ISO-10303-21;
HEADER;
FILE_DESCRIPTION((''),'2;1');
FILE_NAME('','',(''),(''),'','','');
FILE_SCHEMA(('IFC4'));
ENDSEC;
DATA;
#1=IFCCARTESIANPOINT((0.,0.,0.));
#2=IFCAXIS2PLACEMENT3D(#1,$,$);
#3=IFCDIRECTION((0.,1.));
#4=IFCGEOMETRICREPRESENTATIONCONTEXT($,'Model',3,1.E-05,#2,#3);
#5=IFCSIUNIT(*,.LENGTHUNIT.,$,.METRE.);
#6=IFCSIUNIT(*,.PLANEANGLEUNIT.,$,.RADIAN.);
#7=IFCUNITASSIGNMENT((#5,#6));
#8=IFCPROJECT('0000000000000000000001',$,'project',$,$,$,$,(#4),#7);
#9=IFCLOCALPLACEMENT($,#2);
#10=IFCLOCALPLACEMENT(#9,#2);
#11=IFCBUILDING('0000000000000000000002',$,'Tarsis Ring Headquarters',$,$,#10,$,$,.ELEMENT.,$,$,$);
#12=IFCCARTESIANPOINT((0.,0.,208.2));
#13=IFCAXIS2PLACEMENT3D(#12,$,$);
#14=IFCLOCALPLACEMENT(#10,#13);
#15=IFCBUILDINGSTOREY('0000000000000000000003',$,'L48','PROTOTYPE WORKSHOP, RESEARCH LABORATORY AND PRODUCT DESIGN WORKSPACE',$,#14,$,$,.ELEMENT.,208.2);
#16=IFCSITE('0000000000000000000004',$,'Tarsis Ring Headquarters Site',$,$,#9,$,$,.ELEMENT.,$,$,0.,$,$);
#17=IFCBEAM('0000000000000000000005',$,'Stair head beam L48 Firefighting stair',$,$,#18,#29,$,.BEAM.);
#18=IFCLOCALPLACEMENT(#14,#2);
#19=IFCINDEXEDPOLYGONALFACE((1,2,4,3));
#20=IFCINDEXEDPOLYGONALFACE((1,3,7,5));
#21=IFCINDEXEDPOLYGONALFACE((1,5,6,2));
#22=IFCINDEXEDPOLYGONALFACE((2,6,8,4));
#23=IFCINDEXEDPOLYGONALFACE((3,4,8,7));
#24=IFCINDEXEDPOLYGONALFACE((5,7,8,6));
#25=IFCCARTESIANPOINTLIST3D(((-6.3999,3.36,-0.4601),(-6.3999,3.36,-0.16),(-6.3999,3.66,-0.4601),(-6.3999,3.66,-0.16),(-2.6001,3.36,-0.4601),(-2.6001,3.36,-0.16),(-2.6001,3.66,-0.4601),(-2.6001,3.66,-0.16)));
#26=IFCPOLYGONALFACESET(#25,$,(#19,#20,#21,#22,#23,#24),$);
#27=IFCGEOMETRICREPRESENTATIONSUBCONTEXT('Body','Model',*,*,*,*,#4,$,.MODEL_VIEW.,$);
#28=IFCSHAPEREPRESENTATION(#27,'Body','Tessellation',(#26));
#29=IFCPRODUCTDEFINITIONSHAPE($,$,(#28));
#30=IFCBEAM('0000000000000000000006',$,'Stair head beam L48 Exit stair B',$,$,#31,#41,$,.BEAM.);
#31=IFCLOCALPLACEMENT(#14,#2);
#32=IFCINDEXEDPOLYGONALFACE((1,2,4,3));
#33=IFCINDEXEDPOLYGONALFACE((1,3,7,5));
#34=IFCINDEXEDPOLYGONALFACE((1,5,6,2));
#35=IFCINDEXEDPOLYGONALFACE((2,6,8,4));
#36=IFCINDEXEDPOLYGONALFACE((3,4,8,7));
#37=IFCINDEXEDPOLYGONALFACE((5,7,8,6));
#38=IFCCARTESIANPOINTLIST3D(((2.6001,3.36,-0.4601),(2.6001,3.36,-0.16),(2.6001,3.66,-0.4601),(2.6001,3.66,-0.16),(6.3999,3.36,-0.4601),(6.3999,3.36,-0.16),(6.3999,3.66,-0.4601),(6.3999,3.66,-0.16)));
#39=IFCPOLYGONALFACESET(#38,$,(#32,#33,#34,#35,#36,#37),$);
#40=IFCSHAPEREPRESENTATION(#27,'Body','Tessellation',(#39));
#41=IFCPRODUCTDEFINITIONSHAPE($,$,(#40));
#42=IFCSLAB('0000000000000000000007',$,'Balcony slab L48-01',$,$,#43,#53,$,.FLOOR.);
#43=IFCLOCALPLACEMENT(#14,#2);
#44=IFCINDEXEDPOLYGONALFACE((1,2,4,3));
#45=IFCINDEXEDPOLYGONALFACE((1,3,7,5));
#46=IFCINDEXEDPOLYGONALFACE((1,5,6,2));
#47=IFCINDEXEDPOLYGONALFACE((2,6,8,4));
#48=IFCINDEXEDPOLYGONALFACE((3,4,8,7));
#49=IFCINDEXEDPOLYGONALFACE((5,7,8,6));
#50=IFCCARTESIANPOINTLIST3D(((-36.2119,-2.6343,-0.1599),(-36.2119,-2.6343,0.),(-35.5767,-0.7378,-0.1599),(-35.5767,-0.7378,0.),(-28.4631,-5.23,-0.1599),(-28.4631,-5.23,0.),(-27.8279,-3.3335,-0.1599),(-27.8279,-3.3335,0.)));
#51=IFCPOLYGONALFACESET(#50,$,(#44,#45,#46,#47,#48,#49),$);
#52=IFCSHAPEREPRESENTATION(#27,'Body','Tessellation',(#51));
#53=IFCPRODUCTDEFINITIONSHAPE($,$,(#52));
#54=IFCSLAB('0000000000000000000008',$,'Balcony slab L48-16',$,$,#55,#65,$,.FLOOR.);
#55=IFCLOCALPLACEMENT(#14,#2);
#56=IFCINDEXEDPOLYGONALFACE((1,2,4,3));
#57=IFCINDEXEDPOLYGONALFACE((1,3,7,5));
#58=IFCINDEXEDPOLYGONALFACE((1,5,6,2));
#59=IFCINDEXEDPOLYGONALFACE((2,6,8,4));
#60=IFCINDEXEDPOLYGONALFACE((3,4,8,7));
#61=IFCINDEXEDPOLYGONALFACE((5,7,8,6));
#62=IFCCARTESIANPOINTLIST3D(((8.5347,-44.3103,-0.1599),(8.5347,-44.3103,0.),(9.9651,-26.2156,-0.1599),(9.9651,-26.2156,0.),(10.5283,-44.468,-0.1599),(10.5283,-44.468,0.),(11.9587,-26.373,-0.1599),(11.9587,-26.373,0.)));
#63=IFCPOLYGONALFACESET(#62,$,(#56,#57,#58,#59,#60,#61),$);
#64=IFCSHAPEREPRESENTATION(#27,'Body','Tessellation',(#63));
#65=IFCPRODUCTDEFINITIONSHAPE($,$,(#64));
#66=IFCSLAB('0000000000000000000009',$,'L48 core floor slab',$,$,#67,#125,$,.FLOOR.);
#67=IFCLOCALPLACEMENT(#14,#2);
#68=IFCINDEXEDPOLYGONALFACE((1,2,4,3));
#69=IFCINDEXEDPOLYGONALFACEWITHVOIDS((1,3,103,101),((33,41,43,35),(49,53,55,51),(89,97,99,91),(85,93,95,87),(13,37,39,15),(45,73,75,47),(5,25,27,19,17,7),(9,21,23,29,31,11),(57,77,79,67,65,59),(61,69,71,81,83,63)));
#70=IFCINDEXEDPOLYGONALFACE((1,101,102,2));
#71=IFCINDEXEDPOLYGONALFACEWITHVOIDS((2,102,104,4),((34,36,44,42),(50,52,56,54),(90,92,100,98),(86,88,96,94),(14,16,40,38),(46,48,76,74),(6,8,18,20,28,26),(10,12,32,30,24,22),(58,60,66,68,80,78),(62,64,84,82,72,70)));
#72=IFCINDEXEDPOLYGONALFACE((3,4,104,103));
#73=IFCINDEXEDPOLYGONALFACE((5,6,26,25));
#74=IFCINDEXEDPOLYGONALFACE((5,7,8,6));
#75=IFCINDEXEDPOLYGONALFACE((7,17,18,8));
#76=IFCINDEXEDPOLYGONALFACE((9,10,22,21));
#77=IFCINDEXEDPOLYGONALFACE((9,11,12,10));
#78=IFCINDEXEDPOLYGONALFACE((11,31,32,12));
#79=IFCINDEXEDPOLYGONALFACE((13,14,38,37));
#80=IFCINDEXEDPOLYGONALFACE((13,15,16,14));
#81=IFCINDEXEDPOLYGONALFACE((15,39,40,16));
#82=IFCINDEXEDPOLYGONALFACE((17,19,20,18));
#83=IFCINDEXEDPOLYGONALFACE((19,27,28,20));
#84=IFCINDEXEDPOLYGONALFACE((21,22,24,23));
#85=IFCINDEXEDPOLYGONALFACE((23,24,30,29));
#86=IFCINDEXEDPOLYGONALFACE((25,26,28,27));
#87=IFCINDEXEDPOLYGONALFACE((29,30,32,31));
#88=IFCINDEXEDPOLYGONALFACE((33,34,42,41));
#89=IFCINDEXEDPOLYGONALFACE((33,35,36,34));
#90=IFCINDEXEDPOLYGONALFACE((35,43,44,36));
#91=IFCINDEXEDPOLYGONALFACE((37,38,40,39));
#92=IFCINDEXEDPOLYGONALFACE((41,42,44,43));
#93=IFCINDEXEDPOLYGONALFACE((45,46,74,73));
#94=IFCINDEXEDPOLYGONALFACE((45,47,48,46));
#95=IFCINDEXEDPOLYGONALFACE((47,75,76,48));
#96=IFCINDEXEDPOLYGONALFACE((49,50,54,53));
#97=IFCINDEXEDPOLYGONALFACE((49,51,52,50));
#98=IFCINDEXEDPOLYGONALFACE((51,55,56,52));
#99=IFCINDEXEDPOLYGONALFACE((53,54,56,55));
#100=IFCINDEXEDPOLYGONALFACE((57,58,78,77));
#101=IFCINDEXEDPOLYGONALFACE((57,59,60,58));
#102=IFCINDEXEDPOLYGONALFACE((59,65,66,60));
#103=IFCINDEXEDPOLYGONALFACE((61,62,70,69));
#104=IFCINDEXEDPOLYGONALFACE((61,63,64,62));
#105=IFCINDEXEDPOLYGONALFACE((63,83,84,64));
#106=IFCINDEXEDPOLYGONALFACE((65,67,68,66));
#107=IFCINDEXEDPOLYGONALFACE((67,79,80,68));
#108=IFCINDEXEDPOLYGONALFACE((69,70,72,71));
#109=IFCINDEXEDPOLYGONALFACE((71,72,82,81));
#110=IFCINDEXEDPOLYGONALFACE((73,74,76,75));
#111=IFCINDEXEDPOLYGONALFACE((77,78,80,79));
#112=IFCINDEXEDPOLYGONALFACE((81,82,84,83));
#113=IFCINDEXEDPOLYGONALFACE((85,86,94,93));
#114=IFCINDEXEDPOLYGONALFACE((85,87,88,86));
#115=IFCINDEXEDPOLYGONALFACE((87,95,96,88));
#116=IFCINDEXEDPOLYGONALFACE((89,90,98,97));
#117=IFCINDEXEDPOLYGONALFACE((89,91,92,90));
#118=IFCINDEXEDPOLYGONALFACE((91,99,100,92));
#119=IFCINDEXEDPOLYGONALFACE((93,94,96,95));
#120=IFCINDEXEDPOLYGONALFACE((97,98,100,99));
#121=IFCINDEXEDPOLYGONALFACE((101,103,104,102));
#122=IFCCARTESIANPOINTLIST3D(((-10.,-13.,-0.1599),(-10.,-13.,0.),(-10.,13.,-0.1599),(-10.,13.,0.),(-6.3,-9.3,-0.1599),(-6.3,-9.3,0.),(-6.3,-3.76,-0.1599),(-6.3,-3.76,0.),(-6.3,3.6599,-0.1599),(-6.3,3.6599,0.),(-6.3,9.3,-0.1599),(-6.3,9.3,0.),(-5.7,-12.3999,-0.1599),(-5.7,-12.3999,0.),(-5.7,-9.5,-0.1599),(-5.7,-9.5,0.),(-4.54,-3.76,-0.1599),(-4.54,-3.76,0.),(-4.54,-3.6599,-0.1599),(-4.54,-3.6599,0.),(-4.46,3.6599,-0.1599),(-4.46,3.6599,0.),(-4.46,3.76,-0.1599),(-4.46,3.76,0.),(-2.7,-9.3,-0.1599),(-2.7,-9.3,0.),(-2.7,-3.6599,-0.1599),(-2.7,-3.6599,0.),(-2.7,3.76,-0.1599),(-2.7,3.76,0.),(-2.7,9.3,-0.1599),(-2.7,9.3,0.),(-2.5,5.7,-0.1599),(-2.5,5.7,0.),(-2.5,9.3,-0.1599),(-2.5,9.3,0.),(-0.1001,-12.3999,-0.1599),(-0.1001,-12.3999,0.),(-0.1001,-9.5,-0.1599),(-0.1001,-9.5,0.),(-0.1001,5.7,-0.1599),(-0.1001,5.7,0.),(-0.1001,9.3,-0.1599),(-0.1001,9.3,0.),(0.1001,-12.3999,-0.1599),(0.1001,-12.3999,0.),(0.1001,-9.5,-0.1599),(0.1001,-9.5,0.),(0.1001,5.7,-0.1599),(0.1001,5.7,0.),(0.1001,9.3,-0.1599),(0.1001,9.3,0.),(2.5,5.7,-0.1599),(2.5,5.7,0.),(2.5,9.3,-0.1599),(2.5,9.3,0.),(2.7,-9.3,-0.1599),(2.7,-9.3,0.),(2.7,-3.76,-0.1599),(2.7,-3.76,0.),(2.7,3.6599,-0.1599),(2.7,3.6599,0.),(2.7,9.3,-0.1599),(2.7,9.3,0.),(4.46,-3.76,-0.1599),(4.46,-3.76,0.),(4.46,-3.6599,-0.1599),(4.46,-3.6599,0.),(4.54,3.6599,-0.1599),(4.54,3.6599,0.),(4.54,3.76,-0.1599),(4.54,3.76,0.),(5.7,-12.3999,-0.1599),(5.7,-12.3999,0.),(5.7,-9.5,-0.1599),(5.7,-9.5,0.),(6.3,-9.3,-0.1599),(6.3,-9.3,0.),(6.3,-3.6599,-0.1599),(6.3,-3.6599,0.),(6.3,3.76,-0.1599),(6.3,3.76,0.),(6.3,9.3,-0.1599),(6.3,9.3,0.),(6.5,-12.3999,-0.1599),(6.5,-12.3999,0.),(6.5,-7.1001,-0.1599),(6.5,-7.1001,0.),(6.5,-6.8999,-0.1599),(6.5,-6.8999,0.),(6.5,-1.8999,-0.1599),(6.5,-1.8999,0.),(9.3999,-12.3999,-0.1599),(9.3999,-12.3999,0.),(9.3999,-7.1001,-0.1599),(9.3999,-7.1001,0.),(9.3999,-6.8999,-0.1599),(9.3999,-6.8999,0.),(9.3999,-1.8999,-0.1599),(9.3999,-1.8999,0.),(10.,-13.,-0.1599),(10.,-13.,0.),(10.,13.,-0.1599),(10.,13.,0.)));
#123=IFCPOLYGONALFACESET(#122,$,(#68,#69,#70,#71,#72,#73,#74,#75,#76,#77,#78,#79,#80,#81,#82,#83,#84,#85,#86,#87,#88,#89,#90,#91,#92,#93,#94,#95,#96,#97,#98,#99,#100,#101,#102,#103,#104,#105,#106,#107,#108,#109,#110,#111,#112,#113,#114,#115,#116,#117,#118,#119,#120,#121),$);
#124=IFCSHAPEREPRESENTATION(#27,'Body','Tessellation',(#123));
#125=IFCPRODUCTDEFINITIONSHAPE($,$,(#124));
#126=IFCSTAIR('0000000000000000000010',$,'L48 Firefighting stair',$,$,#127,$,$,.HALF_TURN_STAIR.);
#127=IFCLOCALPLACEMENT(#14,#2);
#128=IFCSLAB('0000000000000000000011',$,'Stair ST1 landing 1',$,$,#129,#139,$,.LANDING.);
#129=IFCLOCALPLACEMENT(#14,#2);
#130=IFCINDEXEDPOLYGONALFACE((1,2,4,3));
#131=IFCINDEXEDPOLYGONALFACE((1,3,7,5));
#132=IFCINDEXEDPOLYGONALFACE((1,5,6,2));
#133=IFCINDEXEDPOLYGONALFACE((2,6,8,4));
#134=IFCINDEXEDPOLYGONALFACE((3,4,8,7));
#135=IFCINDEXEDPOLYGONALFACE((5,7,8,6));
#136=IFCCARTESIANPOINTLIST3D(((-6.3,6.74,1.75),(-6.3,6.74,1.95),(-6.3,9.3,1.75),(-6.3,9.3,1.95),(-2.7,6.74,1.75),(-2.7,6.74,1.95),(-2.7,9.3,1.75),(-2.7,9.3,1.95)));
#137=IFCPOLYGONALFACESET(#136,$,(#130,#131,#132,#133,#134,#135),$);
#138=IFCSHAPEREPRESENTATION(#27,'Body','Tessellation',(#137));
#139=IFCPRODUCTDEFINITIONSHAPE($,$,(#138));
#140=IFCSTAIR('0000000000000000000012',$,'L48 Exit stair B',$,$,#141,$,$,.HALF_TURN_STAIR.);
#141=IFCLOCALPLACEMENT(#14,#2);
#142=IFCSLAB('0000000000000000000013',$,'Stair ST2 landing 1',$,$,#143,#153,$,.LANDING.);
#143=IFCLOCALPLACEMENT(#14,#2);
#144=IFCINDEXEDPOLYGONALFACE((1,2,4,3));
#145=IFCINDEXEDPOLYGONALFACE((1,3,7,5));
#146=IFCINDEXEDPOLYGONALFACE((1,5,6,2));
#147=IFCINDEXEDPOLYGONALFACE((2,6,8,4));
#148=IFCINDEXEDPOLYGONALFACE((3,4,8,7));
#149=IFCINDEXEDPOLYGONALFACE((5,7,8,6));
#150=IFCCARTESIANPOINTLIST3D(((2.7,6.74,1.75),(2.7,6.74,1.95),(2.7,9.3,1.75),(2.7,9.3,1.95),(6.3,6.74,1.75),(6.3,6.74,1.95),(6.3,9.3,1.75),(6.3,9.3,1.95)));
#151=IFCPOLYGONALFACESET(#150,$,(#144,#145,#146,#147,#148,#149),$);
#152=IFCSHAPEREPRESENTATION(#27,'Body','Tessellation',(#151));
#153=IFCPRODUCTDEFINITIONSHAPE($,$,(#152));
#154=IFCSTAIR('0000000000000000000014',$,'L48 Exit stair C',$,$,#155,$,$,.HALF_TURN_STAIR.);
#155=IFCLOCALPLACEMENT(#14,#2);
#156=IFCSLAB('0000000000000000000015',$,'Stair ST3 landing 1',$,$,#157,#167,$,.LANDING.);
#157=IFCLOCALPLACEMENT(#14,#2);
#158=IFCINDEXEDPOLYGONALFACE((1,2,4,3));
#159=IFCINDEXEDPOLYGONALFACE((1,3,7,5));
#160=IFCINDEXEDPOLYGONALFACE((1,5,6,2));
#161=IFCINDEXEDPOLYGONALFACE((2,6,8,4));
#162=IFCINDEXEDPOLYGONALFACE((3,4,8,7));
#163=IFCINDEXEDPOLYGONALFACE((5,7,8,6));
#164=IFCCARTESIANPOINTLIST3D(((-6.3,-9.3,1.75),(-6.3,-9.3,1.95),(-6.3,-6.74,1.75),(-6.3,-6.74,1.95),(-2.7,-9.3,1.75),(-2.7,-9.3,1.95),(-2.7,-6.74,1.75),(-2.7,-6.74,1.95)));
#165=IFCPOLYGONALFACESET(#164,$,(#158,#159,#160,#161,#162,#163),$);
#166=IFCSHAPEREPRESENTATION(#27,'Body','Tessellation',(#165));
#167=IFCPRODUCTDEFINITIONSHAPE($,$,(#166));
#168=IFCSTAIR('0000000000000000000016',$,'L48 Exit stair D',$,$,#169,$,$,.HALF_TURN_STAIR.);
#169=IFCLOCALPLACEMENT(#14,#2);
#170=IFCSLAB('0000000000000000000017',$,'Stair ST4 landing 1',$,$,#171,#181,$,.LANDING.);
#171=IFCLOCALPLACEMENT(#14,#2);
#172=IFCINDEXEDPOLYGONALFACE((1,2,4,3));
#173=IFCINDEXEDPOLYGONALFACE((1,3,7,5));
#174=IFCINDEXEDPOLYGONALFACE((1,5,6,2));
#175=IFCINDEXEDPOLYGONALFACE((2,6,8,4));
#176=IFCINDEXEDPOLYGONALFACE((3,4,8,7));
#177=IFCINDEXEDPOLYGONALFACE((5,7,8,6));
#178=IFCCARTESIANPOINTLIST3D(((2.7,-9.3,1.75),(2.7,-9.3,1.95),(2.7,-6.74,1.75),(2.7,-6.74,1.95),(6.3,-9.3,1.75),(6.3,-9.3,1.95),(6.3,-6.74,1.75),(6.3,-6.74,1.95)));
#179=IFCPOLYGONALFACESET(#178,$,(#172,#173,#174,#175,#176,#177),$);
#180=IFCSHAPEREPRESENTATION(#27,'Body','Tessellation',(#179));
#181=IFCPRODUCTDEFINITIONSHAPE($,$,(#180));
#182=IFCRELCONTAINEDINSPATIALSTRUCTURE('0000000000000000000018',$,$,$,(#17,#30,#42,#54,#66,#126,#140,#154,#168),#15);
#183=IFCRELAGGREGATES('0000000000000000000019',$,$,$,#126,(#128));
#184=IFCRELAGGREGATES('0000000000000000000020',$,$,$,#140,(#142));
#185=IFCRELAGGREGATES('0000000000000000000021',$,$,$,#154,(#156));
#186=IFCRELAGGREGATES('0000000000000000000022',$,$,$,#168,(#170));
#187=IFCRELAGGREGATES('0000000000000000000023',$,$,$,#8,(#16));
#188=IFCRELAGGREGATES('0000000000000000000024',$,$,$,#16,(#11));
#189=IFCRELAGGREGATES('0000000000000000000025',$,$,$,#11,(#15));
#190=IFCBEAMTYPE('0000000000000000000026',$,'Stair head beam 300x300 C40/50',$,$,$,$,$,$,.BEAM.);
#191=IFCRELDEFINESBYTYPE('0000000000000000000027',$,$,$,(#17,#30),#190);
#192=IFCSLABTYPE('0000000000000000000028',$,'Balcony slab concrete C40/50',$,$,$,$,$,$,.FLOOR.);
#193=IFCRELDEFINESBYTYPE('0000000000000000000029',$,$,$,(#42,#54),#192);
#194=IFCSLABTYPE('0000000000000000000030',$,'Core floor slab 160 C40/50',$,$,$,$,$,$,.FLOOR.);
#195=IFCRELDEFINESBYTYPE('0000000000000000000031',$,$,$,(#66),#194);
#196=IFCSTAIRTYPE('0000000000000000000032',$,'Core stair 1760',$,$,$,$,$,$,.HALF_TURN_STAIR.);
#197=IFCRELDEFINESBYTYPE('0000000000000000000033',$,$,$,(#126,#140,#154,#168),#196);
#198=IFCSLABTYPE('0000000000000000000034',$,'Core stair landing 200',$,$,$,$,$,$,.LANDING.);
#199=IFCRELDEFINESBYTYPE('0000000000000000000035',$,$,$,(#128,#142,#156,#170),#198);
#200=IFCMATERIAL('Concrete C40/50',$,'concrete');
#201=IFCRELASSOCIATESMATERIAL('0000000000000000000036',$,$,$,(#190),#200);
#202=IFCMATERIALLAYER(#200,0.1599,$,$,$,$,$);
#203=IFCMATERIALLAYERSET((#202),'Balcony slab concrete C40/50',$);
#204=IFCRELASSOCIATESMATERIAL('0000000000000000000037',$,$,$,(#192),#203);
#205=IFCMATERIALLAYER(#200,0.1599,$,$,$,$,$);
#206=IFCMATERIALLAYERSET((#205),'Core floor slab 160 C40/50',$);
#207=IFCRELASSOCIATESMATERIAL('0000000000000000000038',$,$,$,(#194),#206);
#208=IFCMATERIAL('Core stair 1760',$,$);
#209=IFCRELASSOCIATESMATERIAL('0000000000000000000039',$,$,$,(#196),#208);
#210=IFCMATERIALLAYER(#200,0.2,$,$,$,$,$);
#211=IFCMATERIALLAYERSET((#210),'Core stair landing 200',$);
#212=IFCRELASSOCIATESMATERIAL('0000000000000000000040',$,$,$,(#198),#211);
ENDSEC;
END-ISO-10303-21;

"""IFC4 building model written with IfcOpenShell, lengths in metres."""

from ifc_helpers import new_model, si_unit, direction, frame, origin, origin_2d, place, context, subcontext, project, spatial, polyline, rectangle, outline, extrude, material, layer, layer_set, material_profile, profile_set, type_object, element, aggregate, save


model = new_model("IFC4")

# Units and contexts
model_context = context("Model", 3, precision=1e-05, world=origin(), true_north=direction((0.0, 1.0)))
body_context = subcontext(model_context, "Body", "Model", "MODEL_VIEW")
ifc_project = project(units=[si_unit("LENGTHUNIT", "METRE"), si_unit("PLANEANGLEUNIT", "RADIAN")], contexts=[model_context])

# Site, building, storey
site_placement = place(None, origin())
site = spatial("IfcSite", under=ifc_project, at=site_placement, Name="Tarsis Ring Headquarters Site", CompositionType="ELEMENT", RefElevation=0.0)
building_placement = place(site_placement, origin())
building = spatial("IfcBuilding", under=site, at=building_placement, Name="Tarsis Ring Headquarters", CompositionType="ELEMENT")
storey_placement = place(building_placement, frame((0.0, 0.0, 208.2)))
storey = spatial("IfcBuildingStorey", under=building, at=storey_placement, Name="L48", Description="PROTOTYPE WORKSHOP, RESEARCH LABORATORY AND PRODUCT DESIGN WORKSPACE", CompositionType="ELEMENT", Elevation=208.2)

# Beams
ifc_material_1 = material(Name="Concrete C40/50", Category="concrete")
ifc_material_profile = material_profile(ifc_material_1, rectangle(XDim=0.3, YDim=0.3, at=origin_2d()), Name="Stair head beam 300x300 C40/50")
ifc_profile_set = profile_set([ifc_material_profile], Name="Concrete C40/50")
beam_type = type_object("IfcBeamType", Name="Stair head beam 300x300 C40/50", PredefinedType="BEAM", material=ifc_profile_set)
for number, where, z_axis, x_axis, name in (
    (1, (-6.3999, 3.51, -0.3101), (1.0, 0.0, 0.0), (0.0, 1.0, 0.0), "Stair head beam L48 Firefighting stair"),
    (2, (2.6001, 3.51, -0.3101), (1.0, 0.0, 0.0), (0.0, 1.0, 0.0), "Stair head beam L48 Exit stair B"),
):
    element("IfcBeam", number, at=place(storey_placement, frame(where, z_axis=z_axis, x_axis=x_axis)), inside=storey, type_object=beam_type, Name=name, PredefinedType="BEAM", context=body_context, shape_type="SweptSolid", body=[
        extrude(rectangle(XDim=0.3, YDim=0.3, at=origin_2d()), origin(), (0.0, 0.0, 1.0), 3.7998),
    ])

# Slabs
ifc_layer_1 = layer(ifc_material_1, 0.1599)
ifc_layer_set_1 = layer_set([ifc_layer_1], Name="Balcony slab concrete C40/50")
slab_type_1 = type_object("IfcSlabType", Name="Balcony slab concrete C40/50", PredefinedType="FLOOR", material=ifc_layer_set_1)
slab_1_placement = place(storey_placement, frame((0.0, 0.0, -0.1599)))
element("IfcSlab", 3, at=slab_1_placement, inside=storey, type_object=slab_type_1, Name="Balcony slab L48-01", PredefinedType="FLOOR", context=body_context, shape_type="SweptSolid", body=[
    extrude(outline(polyline([(-35.5767, -0.7378), (-36.2119, -2.6343), (-28.4631, -5.23), (-27.8279, -3.3335), (-35.5767, -0.7378)])), origin(), (0.0, 0.0, 1.0), 0.1599),
])
slab_2_placement = place(storey_placement, frame((0.0, 0.0, -0.1599)))
element("IfcSlab", 4, at=slab_2_placement, inside=storey, type_object=slab_type_1, Name="Balcony slab L48-16", PredefinedType="FLOOR", context=body_context, shape_type="SweptSolid", body=[
    extrude(outline(polyline([(8.5347, -44.3103), (10.5283, -44.468), (11.9587, -26.373), (9.9651, -26.2156), (8.5347, -44.3103)])), origin(), (0.0, 0.0, 1.0), 0.1599),
])
ifc_layer_2 = layer(ifc_material_1, 0.1599)
ifc_layer_set_2 = layer_set([ifc_layer_2], Name="Core floor slab 160 C40/50")
slab_type_2 = type_object("IfcSlabType", Name="Core floor slab 160 C40/50", PredefinedType="FLOOR", material=ifc_layer_set_2)
slab_3_placement = place(storey_placement, frame((0.0, 0.0, -0.1599)))
element("IfcSlab", 5, at=slab_3_placement, inside=storey, type_object=slab_type_2, Name="L48 core floor slab", PredefinedType="FLOOR", context=body_context, shape_type="SweptSolid", body=[
    extrude(outline(polyline([(-10.0, -13.0), (10.0, -13.0), (10.0, 13.0), (-10.0, 13.0), (-10.0, -13.0)]), holes=[polyline([(-2.5, 5.7), (-0.1001, 5.7), (-0.1001, 9.3), (-2.5, 9.3), (-2.5, 5.7)]), polyline([(0.1001, 5.7), (2.5, 5.7), (2.5, 9.3), (0.1001, 9.3), (0.1001, 5.7)]), polyline([(6.5, -12.3999), (9.3999, -12.3999), (9.3999, -7.1001), (6.5, -7.1001), (6.5, -12.3999)]), polyline([(6.5, -6.8999), (9.3999, -6.8999), (9.3999, -1.8999), (6.5, -1.8999), (6.5, -6.8999)]), polyline([(-5.7, -12.3999), (-0.1001, -12.3999), (-0.1001, -9.5), (-5.7, -9.5), (-5.7, -12.3999)]), polyline([(0.1001, -12.3999), (5.7, -12.3999), (5.7, -9.5), (0.1001, -9.5), (0.1001, -12.3999)]), polyline([(-2.7, 3.76), (-2.7, 9.3), (-6.3, 9.3), (-6.3, 3.6599), (-4.46, 3.6599), (-4.46, 3.76), (-2.7, 3.76)]), polyline([(6.3, 3.76), (6.3, 9.3), (2.7, 9.3), (2.7, 3.6599), (4.54, 3.6599), (4.54, 3.76), (6.3, 3.76)]), polyline([(-6.3, -3.76), (-6.3, -9.3), (-2.7, -9.3), (-2.7, -3.6599), (-4.54, -3.6599), (-4.54, -3.76), (-6.3, -3.76)]), polyline([(2.7, -3.76), (2.7, -9.3), (6.3, -9.3), (6.3, -3.6599), (4.46, -3.6599), (4.46, -3.76), (2.7, -3.76)])]), origin(), (0.0, 0.0, 1.0), 0.1599),
])

# Stairs, slabs
ifc_material_2 = material(Name="Core stair 1760")
stair_type = type_object("IfcStairType", Name="Core stair 1760", PredefinedType="HALF_TURN_STAIR", material=ifc_material_2)
stair_1_placement = place(storey_placement, origin())
stair_1 = element("IfcStair", 6, at=stair_1_placement, inside=storey, type_object=stair_type, Name="L48 Firefighting stair", PredefinedType="HALF_TURN_STAIR")
ifc_layer_3 = layer(ifc_material_1, 0.2)
ifc_layer_set_3 = layer_set([ifc_layer_3], Name="Core stair landing 200")
slab_type_3 = type_object("IfcSlabType", Name="Core stair landing 200", PredefinedType="LANDING", material=ifc_layer_set_3)
slab_4_placement = place(storey_placement, frame((0.0, 0.0, 1.75)))
slab_4 = element("IfcSlab", 7, at=slab_4_placement, type_object=slab_type_3, Name="Stair ST1 landing 1", PredefinedType="LANDING", context=body_context, shape_type="SweptSolid", body=[
    extrude(outline(polyline([(-2.7, 6.74), (-2.7, 9.3), (-6.3, 9.3), (-6.3, 6.74), (-2.7, 6.74)])), origin(), (0.0, 0.0, 1.0), 0.2),
])
aggregate(stair_1, [slab_4])
stair_2_placement = place(storey_placement, origin())
stair_2 = element("IfcStair", 8, at=stair_2_placement, inside=storey, type_object=stair_type, Name="L48 Exit stair B", PredefinedType="HALF_TURN_STAIR")
slab_5_placement = place(storey_placement, frame((0.0, 0.0, 1.75)))
slab_5 = element("IfcSlab", 9, at=slab_5_placement, type_object=slab_type_3, Name="Stair ST2 landing 1", PredefinedType="LANDING", context=body_context, shape_type="SweptSolid", body=[
    extrude(outline(polyline([(6.3, 6.74), (6.3, 9.3), (2.7, 9.3), (2.7, 6.74), (6.3, 6.74)])), origin(), (0.0, 0.0, 1.0), 0.2),
])
aggregate(stair_2, [slab_5])
stair_3_placement = place(storey_placement, origin())
stair_3 = element("IfcStair", 10, at=stair_3_placement, inside=storey, type_object=stair_type, Name="L48 Exit stair C", PredefinedType="HALF_TURN_STAIR")
slab_6_placement = place(storey_placement, frame((0.0, 0.0, 1.75)))
slab_6 = element("IfcSlab", 11, at=slab_6_placement, type_object=slab_type_3, Name="Stair ST3 landing 1", PredefinedType="LANDING", context=body_context, shape_type="SweptSolid", body=[
    extrude(outline(polyline([(-6.3, -6.74), (-6.3, -9.3), (-2.7, -9.3), (-2.7, -6.74), (-6.3, -6.74)])), origin(), (0.0, 0.0, 1.0), 0.2),
])
aggregate(stair_3, [slab_6])
stair_4_placement = place(storey_placement, origin())
stair_4 = element("IfcStair", 12, at=stair_4_placement, inside=storey, type_object=stair_type, Name="L48 Exit stair D", PredefinedType="HALF_TURN_STAIR")
slab_7_placement = place(storey_placement, frame((0.0, 0.0, 1.75)))
slab_7 = element("IfcSlab", 13, at=slab_7_placement, type_object=slab_type_3, Name="Stair ST4 landing 1", PredefinedType="LANDING", context=body_context, shape_type="SweptSolid", body=[
    extrude(outline(polyline([(2.7, -6.74), (2.7, -9.3), (6.3, -9.3), (6.3, -6.74), (2.7, -6.74)])), origin(), (0.0, 0.0, 1.0), 0.2),
])
aggregate(stair_4, [slab_7])

save(model, "model.ifc")
